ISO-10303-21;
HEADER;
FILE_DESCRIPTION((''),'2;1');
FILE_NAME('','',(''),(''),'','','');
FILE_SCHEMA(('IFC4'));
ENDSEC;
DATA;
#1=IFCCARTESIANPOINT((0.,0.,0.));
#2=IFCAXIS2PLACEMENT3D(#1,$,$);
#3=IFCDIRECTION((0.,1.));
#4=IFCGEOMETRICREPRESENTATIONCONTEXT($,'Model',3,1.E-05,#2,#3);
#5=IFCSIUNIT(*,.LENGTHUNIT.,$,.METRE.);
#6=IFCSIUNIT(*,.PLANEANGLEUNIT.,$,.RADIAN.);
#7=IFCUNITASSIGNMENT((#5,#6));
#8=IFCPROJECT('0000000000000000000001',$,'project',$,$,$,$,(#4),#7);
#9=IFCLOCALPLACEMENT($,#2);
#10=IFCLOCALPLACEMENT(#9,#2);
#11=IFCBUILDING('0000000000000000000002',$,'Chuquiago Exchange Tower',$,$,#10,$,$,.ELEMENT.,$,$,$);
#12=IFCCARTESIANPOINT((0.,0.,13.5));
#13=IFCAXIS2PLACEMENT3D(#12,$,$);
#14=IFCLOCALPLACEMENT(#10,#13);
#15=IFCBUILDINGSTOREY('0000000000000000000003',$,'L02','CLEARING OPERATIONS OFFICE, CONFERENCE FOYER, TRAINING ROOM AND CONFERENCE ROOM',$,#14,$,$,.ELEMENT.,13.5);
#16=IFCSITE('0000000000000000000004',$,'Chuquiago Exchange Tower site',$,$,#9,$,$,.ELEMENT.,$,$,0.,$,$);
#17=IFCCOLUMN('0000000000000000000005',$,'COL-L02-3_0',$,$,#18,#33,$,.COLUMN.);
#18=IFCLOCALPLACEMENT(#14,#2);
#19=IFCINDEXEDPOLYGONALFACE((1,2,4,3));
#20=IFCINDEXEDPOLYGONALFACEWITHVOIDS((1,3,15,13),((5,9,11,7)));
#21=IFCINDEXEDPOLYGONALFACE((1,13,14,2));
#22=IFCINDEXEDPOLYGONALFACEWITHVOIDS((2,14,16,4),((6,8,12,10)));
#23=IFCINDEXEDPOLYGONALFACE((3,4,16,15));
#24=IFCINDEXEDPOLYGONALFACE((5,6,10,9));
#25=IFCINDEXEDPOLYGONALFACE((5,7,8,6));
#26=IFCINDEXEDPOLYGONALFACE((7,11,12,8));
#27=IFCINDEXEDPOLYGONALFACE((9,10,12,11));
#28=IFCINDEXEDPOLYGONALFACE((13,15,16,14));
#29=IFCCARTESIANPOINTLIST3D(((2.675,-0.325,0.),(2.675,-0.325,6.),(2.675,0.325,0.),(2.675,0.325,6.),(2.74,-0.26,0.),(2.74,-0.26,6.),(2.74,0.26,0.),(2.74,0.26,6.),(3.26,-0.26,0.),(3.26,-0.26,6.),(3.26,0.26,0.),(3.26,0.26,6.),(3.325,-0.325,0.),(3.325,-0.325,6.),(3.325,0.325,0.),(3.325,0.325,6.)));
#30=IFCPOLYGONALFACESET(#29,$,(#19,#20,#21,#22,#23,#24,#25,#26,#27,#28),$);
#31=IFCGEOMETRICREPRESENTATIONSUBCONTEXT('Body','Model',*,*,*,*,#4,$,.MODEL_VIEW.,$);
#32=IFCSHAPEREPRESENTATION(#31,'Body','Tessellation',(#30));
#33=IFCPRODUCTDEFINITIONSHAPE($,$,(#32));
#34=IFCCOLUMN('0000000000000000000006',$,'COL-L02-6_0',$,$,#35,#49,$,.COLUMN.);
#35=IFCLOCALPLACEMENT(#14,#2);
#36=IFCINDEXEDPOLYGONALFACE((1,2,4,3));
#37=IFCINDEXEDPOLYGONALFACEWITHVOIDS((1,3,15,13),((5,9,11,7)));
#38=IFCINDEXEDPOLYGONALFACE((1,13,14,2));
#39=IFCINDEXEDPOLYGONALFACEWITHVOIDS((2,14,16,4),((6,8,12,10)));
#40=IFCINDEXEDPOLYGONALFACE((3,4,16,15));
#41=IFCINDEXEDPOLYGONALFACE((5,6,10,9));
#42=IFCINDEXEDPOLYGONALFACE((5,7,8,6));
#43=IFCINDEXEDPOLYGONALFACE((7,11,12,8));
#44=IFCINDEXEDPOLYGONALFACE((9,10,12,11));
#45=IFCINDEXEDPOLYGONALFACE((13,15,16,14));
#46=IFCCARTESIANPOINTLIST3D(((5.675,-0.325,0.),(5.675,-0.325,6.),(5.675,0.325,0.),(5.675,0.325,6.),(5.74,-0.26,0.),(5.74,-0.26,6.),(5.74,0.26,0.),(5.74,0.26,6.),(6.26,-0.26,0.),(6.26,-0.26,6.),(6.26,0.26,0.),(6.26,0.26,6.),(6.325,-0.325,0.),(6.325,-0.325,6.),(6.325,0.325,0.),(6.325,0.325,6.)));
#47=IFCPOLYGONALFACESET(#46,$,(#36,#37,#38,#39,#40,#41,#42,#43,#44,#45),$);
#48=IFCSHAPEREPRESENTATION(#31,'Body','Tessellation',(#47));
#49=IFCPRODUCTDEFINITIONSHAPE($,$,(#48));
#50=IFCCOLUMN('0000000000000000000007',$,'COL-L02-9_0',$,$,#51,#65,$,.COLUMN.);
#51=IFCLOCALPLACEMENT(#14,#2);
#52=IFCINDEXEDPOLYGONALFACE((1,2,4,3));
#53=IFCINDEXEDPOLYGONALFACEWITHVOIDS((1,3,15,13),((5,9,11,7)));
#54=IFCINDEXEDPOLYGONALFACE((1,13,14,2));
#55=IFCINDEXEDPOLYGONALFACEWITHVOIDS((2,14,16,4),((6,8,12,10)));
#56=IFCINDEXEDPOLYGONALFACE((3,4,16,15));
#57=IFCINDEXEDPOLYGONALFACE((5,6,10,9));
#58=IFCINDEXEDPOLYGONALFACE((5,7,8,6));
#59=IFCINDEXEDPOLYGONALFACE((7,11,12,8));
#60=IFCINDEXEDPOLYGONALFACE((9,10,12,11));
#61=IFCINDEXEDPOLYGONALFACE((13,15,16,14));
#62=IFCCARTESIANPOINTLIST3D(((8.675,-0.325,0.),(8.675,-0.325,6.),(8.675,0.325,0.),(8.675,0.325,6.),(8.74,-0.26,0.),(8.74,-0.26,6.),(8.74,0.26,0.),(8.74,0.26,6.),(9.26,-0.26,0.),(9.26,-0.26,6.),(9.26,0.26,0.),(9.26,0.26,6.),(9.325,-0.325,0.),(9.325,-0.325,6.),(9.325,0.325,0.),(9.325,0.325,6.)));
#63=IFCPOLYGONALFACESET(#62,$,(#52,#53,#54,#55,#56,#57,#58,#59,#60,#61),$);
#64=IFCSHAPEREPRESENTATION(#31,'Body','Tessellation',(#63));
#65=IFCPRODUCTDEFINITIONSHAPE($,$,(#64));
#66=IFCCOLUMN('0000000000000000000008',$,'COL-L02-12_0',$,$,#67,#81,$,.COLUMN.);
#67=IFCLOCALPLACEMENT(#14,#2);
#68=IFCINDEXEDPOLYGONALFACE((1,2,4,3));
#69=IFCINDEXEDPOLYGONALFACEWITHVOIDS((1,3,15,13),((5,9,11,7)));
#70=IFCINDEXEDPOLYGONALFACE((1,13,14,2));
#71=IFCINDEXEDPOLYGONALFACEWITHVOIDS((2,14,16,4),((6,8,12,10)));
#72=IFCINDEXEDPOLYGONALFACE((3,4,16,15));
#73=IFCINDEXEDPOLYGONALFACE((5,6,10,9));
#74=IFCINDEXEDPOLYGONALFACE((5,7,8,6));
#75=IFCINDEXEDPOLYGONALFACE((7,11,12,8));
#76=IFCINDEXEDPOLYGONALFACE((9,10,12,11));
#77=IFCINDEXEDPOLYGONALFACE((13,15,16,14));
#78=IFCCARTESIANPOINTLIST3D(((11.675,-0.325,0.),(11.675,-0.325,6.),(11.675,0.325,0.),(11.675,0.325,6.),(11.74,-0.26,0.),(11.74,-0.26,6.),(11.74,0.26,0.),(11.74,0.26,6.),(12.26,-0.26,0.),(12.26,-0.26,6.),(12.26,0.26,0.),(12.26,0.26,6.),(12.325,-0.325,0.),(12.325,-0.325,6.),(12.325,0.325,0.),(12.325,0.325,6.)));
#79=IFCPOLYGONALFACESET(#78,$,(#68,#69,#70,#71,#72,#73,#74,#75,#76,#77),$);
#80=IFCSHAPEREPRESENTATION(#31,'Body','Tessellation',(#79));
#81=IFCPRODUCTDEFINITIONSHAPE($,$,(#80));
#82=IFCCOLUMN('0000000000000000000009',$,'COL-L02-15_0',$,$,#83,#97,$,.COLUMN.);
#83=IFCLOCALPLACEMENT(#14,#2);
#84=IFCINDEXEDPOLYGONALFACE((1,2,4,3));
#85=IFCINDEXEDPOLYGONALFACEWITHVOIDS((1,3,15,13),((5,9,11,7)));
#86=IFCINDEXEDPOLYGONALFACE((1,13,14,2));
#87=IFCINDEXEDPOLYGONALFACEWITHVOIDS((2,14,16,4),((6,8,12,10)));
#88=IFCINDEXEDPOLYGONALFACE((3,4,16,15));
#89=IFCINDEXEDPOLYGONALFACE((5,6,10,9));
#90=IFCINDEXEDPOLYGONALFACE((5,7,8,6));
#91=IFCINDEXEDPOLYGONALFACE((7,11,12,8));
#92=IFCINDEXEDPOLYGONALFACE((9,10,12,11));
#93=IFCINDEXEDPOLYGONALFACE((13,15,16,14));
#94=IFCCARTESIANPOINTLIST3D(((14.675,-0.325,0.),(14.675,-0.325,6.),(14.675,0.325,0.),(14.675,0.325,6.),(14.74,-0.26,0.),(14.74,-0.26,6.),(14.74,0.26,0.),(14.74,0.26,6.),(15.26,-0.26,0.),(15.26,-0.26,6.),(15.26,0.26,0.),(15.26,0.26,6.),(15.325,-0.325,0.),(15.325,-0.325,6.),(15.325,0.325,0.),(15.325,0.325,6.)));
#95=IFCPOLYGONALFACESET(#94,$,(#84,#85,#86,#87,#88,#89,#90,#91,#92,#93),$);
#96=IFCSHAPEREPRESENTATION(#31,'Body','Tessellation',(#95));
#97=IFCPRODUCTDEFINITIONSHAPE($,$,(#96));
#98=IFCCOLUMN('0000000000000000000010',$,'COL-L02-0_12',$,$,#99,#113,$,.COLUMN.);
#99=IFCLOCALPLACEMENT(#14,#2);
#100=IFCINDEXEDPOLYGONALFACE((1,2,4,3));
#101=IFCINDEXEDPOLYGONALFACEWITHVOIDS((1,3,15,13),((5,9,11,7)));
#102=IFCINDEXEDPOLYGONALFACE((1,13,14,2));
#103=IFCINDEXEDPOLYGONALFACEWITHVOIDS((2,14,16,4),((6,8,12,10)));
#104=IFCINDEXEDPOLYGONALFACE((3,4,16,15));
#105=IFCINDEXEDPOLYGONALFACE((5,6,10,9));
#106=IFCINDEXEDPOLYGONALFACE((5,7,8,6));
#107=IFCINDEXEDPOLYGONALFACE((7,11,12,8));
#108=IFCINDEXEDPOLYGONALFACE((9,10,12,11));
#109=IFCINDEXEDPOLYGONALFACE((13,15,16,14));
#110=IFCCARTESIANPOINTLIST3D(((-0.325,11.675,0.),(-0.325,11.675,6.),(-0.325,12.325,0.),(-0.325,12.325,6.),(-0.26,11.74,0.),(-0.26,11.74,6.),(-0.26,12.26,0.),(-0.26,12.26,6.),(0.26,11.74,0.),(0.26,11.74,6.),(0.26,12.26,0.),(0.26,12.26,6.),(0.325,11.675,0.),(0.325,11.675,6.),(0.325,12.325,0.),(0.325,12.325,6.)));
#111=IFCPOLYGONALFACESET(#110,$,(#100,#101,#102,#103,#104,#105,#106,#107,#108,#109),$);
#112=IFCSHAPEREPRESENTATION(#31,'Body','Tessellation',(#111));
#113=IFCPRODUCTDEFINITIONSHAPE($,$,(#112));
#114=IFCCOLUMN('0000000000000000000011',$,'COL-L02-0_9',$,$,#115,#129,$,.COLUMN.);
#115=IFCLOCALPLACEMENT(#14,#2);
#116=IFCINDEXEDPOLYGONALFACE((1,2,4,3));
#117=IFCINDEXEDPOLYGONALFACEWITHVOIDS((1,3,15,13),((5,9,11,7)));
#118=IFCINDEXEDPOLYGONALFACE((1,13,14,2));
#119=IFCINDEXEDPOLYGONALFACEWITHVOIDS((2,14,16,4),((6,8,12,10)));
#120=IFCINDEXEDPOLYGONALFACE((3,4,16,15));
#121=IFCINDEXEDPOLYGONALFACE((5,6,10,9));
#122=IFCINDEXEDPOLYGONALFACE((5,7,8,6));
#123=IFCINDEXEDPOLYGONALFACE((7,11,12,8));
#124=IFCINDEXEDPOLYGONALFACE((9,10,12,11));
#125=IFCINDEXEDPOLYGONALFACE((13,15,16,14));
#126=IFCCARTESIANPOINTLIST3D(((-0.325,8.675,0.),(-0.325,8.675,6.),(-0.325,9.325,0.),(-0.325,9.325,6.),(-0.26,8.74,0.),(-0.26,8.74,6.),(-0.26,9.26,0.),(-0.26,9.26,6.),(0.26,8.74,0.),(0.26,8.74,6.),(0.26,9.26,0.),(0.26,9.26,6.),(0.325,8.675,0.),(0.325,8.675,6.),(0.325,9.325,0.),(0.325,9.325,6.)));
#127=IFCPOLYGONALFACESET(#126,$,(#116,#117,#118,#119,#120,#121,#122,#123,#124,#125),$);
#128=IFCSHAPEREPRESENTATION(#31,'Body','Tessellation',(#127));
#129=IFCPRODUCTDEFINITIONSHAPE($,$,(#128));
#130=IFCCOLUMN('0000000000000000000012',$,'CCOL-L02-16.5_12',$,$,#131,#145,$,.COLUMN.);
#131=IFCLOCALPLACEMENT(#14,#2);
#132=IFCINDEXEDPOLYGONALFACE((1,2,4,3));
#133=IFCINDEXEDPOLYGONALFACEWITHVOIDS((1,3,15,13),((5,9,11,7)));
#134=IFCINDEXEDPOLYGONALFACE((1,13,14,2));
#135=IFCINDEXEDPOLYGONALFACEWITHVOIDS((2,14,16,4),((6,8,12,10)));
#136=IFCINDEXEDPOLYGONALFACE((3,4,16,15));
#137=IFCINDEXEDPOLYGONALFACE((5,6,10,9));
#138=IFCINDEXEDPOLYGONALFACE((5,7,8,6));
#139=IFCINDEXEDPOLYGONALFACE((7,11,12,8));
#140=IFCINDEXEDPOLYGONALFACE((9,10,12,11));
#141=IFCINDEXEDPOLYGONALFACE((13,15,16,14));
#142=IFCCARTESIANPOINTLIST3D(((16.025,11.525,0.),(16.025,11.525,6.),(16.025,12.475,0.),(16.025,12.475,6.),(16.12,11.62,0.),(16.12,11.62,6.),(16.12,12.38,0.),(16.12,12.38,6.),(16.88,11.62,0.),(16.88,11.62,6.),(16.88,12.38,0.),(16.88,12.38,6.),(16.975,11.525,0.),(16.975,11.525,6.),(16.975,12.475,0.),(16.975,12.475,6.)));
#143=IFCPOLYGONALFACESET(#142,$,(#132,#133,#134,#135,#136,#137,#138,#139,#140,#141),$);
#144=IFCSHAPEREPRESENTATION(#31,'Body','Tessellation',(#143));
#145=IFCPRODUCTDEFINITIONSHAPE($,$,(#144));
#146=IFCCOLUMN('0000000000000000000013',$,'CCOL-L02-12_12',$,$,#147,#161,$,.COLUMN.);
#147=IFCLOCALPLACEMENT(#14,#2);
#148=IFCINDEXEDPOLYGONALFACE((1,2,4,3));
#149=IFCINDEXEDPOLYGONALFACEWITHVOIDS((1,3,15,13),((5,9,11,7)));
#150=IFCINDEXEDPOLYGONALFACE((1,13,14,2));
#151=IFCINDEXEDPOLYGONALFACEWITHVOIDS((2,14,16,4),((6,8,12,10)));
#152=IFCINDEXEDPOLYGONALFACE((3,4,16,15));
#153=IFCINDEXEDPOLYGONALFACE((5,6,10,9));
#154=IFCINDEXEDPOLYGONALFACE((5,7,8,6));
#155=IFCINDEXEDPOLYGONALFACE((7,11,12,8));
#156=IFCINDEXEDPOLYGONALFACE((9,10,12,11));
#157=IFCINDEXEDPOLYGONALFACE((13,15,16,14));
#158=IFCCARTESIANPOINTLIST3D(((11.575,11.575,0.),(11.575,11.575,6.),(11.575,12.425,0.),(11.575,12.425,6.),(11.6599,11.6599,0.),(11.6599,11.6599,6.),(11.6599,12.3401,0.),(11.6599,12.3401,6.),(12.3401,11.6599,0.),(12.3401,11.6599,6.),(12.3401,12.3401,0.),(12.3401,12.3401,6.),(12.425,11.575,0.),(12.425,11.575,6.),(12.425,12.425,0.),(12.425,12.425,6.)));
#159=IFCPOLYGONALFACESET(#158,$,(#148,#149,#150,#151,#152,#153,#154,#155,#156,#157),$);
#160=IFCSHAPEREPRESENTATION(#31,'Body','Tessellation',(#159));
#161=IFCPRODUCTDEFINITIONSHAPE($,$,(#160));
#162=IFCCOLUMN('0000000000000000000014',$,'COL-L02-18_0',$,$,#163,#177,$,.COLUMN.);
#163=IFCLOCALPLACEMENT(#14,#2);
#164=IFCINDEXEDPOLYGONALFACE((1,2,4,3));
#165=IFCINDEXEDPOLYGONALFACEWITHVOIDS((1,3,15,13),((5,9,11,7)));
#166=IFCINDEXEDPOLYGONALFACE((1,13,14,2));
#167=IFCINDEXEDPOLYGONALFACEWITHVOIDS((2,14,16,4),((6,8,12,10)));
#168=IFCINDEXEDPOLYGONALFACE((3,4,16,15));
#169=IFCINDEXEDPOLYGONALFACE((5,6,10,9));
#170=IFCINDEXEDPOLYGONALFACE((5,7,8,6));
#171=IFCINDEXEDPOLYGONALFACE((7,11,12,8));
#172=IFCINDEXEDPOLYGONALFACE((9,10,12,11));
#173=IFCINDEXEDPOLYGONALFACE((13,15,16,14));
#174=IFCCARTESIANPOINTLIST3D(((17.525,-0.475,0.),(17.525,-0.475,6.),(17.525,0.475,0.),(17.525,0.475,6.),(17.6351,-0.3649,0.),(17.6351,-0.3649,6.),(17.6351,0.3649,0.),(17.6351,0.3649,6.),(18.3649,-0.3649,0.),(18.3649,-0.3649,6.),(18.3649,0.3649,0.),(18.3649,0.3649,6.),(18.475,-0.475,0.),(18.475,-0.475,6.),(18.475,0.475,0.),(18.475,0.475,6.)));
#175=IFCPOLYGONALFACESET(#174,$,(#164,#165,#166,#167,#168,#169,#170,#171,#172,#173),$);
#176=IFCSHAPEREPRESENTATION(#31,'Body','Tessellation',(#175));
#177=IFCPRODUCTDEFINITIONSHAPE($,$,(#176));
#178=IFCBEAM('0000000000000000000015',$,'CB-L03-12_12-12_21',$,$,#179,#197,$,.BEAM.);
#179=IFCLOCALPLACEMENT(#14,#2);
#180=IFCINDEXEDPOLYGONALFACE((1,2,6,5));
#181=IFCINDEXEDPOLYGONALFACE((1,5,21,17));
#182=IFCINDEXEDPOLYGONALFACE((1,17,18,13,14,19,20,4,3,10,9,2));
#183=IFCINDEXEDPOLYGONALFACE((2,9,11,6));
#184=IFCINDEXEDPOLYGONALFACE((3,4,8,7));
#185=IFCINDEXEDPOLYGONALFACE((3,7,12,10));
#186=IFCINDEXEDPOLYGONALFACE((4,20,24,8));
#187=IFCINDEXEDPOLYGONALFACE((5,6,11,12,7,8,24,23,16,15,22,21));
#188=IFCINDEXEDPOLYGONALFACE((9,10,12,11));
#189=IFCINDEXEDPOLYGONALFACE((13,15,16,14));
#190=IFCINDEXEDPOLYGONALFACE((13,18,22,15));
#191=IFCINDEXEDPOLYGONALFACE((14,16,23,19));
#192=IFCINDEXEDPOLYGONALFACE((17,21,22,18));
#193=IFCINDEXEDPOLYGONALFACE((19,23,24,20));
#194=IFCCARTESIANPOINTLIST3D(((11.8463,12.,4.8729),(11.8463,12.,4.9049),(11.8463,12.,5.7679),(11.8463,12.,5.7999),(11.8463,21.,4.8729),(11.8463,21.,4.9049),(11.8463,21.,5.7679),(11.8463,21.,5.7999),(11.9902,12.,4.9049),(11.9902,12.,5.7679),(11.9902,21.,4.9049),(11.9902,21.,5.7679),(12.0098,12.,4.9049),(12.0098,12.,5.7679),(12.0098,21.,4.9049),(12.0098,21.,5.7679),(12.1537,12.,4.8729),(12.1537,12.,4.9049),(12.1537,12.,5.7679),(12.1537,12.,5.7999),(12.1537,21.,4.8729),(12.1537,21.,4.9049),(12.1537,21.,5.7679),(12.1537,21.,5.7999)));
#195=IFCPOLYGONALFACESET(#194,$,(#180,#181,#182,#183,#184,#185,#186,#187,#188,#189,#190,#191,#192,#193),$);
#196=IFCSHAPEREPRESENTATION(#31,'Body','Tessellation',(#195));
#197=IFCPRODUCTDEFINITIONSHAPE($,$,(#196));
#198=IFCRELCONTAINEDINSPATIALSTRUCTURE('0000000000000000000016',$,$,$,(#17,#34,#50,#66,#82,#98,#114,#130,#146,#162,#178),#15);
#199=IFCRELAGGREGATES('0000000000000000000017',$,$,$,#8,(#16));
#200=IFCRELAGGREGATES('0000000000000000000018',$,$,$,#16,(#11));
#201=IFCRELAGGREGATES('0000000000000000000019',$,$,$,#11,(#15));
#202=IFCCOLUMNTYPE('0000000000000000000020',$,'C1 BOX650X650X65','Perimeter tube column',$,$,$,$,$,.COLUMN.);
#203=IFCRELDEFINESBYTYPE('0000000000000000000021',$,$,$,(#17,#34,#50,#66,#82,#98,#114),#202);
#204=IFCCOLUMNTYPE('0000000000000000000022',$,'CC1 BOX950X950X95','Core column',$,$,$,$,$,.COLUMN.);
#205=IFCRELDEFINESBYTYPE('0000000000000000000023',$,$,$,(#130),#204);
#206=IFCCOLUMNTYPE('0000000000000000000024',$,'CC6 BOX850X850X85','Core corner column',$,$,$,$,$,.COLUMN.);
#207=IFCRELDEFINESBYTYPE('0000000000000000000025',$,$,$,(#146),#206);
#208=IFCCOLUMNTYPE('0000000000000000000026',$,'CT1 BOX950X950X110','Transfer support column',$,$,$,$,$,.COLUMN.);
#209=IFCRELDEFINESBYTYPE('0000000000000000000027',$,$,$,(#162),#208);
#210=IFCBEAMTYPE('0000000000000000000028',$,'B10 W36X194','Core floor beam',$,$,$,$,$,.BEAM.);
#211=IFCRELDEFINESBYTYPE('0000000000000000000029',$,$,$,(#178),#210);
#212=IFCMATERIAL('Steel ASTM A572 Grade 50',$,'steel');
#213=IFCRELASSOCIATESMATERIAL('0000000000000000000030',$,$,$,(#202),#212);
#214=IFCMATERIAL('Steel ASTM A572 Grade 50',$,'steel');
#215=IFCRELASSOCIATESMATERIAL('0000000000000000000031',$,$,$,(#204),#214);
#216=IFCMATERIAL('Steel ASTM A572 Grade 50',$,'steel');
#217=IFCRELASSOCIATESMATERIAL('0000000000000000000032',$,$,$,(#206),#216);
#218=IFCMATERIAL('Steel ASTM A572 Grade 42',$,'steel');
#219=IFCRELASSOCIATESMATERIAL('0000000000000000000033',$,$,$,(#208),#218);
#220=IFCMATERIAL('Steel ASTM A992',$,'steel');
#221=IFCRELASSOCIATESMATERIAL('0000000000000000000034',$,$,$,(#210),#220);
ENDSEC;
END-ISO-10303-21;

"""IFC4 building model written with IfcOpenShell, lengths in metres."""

from ifc_helpers import new_model, si_unit, direction, frame, origin, origin_2d, place, context, subcontext, project, spatial, hollow_rectangle, i_section, extrude, material, material_profile, profile_set, type_object, element, save


model = new_model("IFC4")

# Units and contexts
model_context = context("Model", 3, precision=1e-05, world=origin(), true_north=direction((0.0, 1.0)))
body_context = subcontext(model_context, "Body", "Model", "MODEL_VIEW")
ifc_project = project(units=[si_unit("LENGTHUNIT", "METRE"), si_unit("PLANEANGLEUNIT", "RADIAN")], contexts=[model_context])

# Site, building, storey
site_placement = place(None, origin())
site = spatial("IfcSite", under=ifc_project, at=site_placement, Name="Chuquiago Exchange Tower site", CompositionType="ELEMENT", RefElevation=0.0)
building_placement = place(site_placement, origin())
building = spatial("IfcBuilding", under=site, at=building_placement, Name="Chuquiago Exchange Tower", CompositionType="ELEMENT")
storey_placement = place(building_placement, frame((0.0, 0.0, 13.5)))
storey = spatial("IfcBuildingStorey", under=building, at=storey_placement, Name="L02", Description="CLEARING OPERATIONS OFFICE, CONFERENCE FOYER, TRAINING ROOM AND CONFERENCE ROOM", CompositionType="ELEMENT", Elevation=13.5)

# Columns
ifc_material_1 = material(Name="Steel ASTM A572 Grade 50", Category="steel")
ifc_material_profile_1 = material_profile(ifc_material_1, hollow_rectangle(XDim=0.6499, YDim=0.6499, WallThickness=0.0649, at=origin_2d()), Name="BOX650X650X65")
ifc_profile_set_1 = profile_set([ifc_material_profile_1], Name="Steel ASTM A572 Grade 50")
column_type_1 = type_object("IfcColumnType", Name="C1 BOX650X650X65", Description="Perimeter tube column", PredefinedType="COLUMN", material=ifc_profile_set_1)
for number, where, z_axis, x_axis, name in (
    (1, (3.0, 0.0, 0.0), (0.0, 0.0, 1.0), (0.0, -1.0, 0.0), "COL-L02-3_0"),
    (2, (6.0, 0.0, 0.0), (0.0, 0.0, 1.0), (0.0, -1.0, 0.0), "COL-L02-6_0"),
    (3, (9.0, 0.0, 0.0), (0.0, 0.0, 1.0), (0.0, -1.0, 0.0), "COL-L02-9_0"),
    (4, (12.0, 0.0, 0.0), (0.0, 0.0, 1.0), (0.0, -1.0, 0.0), "COL-L02-12_0"),
    (5, (15.0, 0.0, 0.0), (0.0, 0.0, 1.0), (0.0, -1.0, 0.0), "COL-L02-15_0"),
    (6, (0.0, 12.0, 0.0), (0.0, 0.0, 1.0), (-1.0, 0.0, 0.0), "COL-L02-0_12"),
    (7, (0.0, 9.0, 0.0), (0.0, 0.0, 1.0), (-1.0, 0.0, 0.0), "COL-L02-0_9"),
):
    element("IfcColumn", number, at=place(storey_placement, frame(where, z_axis=z_axis, x_axis=x_axis)), inside=storey, type_object=column_type_1, Name=name, PredefinedType="COLUMN", context=body_context, shape_type="SweptSolid", body=[
        extrude(hollow_rectangle(XDim=0.6499, YDim=0.6499, WallThickness=0.0649, at=origin_2d()), origin(), (0.0, 0.0, 1.0), 6.0),
    ])
ifc_material_2 = material(Name="Steel ASTM A572 Grade 50", Category="steel")
ifc_material_profile_2 = material_profile(ifc_material_2, hollow_rectangle(XDim=0.95, YDim=0.95, WallThickness=0.095, at=origin_2d()), Name="BOX950X950X95")
ifc_profile_set_2 = profile_set([ifc_material_profile_2], Name="Steel ASTM A572 Grade 50")
column_type_2 = type_object("IfcColumnType", Name="CC1 BOX950X950X95", Description="Core column", PredefinedType="COLUMN", material=ifc_profile_set_2)
column_1_placement = place(storey_placement, frame((16.5, 12.0, 0.0), z_axis=(0.0, 0.0, 1.0), x_axis=(1.0, 0.0, 0.0)))
element("IfcColumn", 8, at=column_1_placement, inside=storey, type_object=column_type_2, Name="CCOL-L02-16.5_12", PredefinedType="COLUMN", context=body_context, shape_type="SweptSolid", body=[
    extrude(hollow_rectangle(XDim=0.95, YDim=0.95, WallThickness=0.095, at=origin_2d()), origin(), (0.0, 0.0, 1.0), 6.0),
])
ifc_material_3 = material(Name="Steel ASTM A572 Grade 50", Category="steel")
ifc_material_profile_3 = material_profile(ifc_material_3, hollow_rectangle(XDim=0.8501, YDim=0.8501, WallThickness=0.085, at=origin_2d()), Name="BOX850X850X85")
ifc_profile_set_3 = profile_set([ifc_material_profile_3], Name="Steel ASTM A572 Grade 50")
column_type_3 = type_object("IfcColumnType", Name="CC6 BOX850X850X85", Description="Core corner column", PredefinedType="COLUMN", material=ifc_profile_set_3)
column_2_placement = place(storey_placement, frame((12.0, 12.0, 0.0), z_axis=(0.0, 0.0, 1.0), x_axis=(1.0, 0.0, 0.0)))
element("IfcColumn", 9, at=column_2_placement, inside=storey, type_object=column_type_3, Name="CCOL-L02-12_12", PredefinedType="COLUMN", context=body_context, shape_type="SweptSolid", body=[
    extrude(hollow_rectangle(XDim=0.8501, YDim=0.8501, WallThickness=0.085, at=origin_2d()), origin(), (0.0, 0.0, 1.0), 6.0),
])
ifc_material_4 = material(Name="Steel ASTM A572 Grade 42", Category="steel")
ifc_material_profile_4 = material_profile(ifc_material_4, hollow_rectangle(XDim=0.95, YDim=0.95, WallThickness=0.1101, at=origin_2d()), Name="BOX950X950X110")
ifc_profile_set_4 = profile_set([ifc_material_profile_4], Name="Steel ASTM A572 Grade 42")
column_type_4 = type_object("IfcColumnType", Name="CT1 BOX950X950X110", Description="Transfer support column", PredefinedType="COLUMN", material=ifc_profile_set_4)
column_3_placement = place(storey_placement, frame((18.0, 0.0, 0.0), z_axis=(0.0, 0.0, 1.0), x_axis=(0.0, -1.0, 0.0)))
element("IfcColumn", 10, at=column_3_placement, inside=storey, type_object=column_type_4, Name="COL-L02-18_0", PredefinedType="COLUMN", context=body_context, shape_type="SweptSolid", body=[
    extrude(hollow_rectangle(XDim=0.95, YDim=0.95, WallThickness=0.1101, at=origin_2d()), origin(), (0.0, 0.0, 1.0), 6.0),
])

# Beam
ifc_material_5 = material(Name="Steel ASTM A992", Category="steel")
ifc_material_profile_5 = material_profile(ifc_material_5, i_section(OverallWidth=0.3074, OverallDepth=0.927, WebThickness=0.0195, FlangeThickness=0.032, at=origin_2d()), Name="W36X194")
ifc_profile_set_5 = profile_set([ifc_material_profile_5], Name="Steel ASTM A992")
beam_type_1 = type_object("IfcBeamType", Name="B10 W36X194", Description="Core floor beam", PredefinedType="BEAM", material=ifc_profile_set_5)
for number, where, z_axis, x_axis, name in (
    (11, (12.0, 12.0, 5.3364), (0.0, 1.0, 0.0), (-1.0, 0.0, 0.0), "CB-L03-12_12-12_21"),
):
    element("IfcBeam", number, at=place(storey_placement, frame(where, z_axis=z_axis, x_axis=x_axis)), inside=storey, type_object=beam_type_1, Name=name, PredefinedType="BEAM", context=body_context, shape_type="SweptSolid", body=[
        extrude(i_section(OverallWidth=0.3074, OverallDepth=0.927, WebThickness=0.0195, FlangeThickness=0.032, at=origin_2d()), origin(), (0.0, 0.0, 1.0), 9.0),
    ])

save(model, "model.ifc")
